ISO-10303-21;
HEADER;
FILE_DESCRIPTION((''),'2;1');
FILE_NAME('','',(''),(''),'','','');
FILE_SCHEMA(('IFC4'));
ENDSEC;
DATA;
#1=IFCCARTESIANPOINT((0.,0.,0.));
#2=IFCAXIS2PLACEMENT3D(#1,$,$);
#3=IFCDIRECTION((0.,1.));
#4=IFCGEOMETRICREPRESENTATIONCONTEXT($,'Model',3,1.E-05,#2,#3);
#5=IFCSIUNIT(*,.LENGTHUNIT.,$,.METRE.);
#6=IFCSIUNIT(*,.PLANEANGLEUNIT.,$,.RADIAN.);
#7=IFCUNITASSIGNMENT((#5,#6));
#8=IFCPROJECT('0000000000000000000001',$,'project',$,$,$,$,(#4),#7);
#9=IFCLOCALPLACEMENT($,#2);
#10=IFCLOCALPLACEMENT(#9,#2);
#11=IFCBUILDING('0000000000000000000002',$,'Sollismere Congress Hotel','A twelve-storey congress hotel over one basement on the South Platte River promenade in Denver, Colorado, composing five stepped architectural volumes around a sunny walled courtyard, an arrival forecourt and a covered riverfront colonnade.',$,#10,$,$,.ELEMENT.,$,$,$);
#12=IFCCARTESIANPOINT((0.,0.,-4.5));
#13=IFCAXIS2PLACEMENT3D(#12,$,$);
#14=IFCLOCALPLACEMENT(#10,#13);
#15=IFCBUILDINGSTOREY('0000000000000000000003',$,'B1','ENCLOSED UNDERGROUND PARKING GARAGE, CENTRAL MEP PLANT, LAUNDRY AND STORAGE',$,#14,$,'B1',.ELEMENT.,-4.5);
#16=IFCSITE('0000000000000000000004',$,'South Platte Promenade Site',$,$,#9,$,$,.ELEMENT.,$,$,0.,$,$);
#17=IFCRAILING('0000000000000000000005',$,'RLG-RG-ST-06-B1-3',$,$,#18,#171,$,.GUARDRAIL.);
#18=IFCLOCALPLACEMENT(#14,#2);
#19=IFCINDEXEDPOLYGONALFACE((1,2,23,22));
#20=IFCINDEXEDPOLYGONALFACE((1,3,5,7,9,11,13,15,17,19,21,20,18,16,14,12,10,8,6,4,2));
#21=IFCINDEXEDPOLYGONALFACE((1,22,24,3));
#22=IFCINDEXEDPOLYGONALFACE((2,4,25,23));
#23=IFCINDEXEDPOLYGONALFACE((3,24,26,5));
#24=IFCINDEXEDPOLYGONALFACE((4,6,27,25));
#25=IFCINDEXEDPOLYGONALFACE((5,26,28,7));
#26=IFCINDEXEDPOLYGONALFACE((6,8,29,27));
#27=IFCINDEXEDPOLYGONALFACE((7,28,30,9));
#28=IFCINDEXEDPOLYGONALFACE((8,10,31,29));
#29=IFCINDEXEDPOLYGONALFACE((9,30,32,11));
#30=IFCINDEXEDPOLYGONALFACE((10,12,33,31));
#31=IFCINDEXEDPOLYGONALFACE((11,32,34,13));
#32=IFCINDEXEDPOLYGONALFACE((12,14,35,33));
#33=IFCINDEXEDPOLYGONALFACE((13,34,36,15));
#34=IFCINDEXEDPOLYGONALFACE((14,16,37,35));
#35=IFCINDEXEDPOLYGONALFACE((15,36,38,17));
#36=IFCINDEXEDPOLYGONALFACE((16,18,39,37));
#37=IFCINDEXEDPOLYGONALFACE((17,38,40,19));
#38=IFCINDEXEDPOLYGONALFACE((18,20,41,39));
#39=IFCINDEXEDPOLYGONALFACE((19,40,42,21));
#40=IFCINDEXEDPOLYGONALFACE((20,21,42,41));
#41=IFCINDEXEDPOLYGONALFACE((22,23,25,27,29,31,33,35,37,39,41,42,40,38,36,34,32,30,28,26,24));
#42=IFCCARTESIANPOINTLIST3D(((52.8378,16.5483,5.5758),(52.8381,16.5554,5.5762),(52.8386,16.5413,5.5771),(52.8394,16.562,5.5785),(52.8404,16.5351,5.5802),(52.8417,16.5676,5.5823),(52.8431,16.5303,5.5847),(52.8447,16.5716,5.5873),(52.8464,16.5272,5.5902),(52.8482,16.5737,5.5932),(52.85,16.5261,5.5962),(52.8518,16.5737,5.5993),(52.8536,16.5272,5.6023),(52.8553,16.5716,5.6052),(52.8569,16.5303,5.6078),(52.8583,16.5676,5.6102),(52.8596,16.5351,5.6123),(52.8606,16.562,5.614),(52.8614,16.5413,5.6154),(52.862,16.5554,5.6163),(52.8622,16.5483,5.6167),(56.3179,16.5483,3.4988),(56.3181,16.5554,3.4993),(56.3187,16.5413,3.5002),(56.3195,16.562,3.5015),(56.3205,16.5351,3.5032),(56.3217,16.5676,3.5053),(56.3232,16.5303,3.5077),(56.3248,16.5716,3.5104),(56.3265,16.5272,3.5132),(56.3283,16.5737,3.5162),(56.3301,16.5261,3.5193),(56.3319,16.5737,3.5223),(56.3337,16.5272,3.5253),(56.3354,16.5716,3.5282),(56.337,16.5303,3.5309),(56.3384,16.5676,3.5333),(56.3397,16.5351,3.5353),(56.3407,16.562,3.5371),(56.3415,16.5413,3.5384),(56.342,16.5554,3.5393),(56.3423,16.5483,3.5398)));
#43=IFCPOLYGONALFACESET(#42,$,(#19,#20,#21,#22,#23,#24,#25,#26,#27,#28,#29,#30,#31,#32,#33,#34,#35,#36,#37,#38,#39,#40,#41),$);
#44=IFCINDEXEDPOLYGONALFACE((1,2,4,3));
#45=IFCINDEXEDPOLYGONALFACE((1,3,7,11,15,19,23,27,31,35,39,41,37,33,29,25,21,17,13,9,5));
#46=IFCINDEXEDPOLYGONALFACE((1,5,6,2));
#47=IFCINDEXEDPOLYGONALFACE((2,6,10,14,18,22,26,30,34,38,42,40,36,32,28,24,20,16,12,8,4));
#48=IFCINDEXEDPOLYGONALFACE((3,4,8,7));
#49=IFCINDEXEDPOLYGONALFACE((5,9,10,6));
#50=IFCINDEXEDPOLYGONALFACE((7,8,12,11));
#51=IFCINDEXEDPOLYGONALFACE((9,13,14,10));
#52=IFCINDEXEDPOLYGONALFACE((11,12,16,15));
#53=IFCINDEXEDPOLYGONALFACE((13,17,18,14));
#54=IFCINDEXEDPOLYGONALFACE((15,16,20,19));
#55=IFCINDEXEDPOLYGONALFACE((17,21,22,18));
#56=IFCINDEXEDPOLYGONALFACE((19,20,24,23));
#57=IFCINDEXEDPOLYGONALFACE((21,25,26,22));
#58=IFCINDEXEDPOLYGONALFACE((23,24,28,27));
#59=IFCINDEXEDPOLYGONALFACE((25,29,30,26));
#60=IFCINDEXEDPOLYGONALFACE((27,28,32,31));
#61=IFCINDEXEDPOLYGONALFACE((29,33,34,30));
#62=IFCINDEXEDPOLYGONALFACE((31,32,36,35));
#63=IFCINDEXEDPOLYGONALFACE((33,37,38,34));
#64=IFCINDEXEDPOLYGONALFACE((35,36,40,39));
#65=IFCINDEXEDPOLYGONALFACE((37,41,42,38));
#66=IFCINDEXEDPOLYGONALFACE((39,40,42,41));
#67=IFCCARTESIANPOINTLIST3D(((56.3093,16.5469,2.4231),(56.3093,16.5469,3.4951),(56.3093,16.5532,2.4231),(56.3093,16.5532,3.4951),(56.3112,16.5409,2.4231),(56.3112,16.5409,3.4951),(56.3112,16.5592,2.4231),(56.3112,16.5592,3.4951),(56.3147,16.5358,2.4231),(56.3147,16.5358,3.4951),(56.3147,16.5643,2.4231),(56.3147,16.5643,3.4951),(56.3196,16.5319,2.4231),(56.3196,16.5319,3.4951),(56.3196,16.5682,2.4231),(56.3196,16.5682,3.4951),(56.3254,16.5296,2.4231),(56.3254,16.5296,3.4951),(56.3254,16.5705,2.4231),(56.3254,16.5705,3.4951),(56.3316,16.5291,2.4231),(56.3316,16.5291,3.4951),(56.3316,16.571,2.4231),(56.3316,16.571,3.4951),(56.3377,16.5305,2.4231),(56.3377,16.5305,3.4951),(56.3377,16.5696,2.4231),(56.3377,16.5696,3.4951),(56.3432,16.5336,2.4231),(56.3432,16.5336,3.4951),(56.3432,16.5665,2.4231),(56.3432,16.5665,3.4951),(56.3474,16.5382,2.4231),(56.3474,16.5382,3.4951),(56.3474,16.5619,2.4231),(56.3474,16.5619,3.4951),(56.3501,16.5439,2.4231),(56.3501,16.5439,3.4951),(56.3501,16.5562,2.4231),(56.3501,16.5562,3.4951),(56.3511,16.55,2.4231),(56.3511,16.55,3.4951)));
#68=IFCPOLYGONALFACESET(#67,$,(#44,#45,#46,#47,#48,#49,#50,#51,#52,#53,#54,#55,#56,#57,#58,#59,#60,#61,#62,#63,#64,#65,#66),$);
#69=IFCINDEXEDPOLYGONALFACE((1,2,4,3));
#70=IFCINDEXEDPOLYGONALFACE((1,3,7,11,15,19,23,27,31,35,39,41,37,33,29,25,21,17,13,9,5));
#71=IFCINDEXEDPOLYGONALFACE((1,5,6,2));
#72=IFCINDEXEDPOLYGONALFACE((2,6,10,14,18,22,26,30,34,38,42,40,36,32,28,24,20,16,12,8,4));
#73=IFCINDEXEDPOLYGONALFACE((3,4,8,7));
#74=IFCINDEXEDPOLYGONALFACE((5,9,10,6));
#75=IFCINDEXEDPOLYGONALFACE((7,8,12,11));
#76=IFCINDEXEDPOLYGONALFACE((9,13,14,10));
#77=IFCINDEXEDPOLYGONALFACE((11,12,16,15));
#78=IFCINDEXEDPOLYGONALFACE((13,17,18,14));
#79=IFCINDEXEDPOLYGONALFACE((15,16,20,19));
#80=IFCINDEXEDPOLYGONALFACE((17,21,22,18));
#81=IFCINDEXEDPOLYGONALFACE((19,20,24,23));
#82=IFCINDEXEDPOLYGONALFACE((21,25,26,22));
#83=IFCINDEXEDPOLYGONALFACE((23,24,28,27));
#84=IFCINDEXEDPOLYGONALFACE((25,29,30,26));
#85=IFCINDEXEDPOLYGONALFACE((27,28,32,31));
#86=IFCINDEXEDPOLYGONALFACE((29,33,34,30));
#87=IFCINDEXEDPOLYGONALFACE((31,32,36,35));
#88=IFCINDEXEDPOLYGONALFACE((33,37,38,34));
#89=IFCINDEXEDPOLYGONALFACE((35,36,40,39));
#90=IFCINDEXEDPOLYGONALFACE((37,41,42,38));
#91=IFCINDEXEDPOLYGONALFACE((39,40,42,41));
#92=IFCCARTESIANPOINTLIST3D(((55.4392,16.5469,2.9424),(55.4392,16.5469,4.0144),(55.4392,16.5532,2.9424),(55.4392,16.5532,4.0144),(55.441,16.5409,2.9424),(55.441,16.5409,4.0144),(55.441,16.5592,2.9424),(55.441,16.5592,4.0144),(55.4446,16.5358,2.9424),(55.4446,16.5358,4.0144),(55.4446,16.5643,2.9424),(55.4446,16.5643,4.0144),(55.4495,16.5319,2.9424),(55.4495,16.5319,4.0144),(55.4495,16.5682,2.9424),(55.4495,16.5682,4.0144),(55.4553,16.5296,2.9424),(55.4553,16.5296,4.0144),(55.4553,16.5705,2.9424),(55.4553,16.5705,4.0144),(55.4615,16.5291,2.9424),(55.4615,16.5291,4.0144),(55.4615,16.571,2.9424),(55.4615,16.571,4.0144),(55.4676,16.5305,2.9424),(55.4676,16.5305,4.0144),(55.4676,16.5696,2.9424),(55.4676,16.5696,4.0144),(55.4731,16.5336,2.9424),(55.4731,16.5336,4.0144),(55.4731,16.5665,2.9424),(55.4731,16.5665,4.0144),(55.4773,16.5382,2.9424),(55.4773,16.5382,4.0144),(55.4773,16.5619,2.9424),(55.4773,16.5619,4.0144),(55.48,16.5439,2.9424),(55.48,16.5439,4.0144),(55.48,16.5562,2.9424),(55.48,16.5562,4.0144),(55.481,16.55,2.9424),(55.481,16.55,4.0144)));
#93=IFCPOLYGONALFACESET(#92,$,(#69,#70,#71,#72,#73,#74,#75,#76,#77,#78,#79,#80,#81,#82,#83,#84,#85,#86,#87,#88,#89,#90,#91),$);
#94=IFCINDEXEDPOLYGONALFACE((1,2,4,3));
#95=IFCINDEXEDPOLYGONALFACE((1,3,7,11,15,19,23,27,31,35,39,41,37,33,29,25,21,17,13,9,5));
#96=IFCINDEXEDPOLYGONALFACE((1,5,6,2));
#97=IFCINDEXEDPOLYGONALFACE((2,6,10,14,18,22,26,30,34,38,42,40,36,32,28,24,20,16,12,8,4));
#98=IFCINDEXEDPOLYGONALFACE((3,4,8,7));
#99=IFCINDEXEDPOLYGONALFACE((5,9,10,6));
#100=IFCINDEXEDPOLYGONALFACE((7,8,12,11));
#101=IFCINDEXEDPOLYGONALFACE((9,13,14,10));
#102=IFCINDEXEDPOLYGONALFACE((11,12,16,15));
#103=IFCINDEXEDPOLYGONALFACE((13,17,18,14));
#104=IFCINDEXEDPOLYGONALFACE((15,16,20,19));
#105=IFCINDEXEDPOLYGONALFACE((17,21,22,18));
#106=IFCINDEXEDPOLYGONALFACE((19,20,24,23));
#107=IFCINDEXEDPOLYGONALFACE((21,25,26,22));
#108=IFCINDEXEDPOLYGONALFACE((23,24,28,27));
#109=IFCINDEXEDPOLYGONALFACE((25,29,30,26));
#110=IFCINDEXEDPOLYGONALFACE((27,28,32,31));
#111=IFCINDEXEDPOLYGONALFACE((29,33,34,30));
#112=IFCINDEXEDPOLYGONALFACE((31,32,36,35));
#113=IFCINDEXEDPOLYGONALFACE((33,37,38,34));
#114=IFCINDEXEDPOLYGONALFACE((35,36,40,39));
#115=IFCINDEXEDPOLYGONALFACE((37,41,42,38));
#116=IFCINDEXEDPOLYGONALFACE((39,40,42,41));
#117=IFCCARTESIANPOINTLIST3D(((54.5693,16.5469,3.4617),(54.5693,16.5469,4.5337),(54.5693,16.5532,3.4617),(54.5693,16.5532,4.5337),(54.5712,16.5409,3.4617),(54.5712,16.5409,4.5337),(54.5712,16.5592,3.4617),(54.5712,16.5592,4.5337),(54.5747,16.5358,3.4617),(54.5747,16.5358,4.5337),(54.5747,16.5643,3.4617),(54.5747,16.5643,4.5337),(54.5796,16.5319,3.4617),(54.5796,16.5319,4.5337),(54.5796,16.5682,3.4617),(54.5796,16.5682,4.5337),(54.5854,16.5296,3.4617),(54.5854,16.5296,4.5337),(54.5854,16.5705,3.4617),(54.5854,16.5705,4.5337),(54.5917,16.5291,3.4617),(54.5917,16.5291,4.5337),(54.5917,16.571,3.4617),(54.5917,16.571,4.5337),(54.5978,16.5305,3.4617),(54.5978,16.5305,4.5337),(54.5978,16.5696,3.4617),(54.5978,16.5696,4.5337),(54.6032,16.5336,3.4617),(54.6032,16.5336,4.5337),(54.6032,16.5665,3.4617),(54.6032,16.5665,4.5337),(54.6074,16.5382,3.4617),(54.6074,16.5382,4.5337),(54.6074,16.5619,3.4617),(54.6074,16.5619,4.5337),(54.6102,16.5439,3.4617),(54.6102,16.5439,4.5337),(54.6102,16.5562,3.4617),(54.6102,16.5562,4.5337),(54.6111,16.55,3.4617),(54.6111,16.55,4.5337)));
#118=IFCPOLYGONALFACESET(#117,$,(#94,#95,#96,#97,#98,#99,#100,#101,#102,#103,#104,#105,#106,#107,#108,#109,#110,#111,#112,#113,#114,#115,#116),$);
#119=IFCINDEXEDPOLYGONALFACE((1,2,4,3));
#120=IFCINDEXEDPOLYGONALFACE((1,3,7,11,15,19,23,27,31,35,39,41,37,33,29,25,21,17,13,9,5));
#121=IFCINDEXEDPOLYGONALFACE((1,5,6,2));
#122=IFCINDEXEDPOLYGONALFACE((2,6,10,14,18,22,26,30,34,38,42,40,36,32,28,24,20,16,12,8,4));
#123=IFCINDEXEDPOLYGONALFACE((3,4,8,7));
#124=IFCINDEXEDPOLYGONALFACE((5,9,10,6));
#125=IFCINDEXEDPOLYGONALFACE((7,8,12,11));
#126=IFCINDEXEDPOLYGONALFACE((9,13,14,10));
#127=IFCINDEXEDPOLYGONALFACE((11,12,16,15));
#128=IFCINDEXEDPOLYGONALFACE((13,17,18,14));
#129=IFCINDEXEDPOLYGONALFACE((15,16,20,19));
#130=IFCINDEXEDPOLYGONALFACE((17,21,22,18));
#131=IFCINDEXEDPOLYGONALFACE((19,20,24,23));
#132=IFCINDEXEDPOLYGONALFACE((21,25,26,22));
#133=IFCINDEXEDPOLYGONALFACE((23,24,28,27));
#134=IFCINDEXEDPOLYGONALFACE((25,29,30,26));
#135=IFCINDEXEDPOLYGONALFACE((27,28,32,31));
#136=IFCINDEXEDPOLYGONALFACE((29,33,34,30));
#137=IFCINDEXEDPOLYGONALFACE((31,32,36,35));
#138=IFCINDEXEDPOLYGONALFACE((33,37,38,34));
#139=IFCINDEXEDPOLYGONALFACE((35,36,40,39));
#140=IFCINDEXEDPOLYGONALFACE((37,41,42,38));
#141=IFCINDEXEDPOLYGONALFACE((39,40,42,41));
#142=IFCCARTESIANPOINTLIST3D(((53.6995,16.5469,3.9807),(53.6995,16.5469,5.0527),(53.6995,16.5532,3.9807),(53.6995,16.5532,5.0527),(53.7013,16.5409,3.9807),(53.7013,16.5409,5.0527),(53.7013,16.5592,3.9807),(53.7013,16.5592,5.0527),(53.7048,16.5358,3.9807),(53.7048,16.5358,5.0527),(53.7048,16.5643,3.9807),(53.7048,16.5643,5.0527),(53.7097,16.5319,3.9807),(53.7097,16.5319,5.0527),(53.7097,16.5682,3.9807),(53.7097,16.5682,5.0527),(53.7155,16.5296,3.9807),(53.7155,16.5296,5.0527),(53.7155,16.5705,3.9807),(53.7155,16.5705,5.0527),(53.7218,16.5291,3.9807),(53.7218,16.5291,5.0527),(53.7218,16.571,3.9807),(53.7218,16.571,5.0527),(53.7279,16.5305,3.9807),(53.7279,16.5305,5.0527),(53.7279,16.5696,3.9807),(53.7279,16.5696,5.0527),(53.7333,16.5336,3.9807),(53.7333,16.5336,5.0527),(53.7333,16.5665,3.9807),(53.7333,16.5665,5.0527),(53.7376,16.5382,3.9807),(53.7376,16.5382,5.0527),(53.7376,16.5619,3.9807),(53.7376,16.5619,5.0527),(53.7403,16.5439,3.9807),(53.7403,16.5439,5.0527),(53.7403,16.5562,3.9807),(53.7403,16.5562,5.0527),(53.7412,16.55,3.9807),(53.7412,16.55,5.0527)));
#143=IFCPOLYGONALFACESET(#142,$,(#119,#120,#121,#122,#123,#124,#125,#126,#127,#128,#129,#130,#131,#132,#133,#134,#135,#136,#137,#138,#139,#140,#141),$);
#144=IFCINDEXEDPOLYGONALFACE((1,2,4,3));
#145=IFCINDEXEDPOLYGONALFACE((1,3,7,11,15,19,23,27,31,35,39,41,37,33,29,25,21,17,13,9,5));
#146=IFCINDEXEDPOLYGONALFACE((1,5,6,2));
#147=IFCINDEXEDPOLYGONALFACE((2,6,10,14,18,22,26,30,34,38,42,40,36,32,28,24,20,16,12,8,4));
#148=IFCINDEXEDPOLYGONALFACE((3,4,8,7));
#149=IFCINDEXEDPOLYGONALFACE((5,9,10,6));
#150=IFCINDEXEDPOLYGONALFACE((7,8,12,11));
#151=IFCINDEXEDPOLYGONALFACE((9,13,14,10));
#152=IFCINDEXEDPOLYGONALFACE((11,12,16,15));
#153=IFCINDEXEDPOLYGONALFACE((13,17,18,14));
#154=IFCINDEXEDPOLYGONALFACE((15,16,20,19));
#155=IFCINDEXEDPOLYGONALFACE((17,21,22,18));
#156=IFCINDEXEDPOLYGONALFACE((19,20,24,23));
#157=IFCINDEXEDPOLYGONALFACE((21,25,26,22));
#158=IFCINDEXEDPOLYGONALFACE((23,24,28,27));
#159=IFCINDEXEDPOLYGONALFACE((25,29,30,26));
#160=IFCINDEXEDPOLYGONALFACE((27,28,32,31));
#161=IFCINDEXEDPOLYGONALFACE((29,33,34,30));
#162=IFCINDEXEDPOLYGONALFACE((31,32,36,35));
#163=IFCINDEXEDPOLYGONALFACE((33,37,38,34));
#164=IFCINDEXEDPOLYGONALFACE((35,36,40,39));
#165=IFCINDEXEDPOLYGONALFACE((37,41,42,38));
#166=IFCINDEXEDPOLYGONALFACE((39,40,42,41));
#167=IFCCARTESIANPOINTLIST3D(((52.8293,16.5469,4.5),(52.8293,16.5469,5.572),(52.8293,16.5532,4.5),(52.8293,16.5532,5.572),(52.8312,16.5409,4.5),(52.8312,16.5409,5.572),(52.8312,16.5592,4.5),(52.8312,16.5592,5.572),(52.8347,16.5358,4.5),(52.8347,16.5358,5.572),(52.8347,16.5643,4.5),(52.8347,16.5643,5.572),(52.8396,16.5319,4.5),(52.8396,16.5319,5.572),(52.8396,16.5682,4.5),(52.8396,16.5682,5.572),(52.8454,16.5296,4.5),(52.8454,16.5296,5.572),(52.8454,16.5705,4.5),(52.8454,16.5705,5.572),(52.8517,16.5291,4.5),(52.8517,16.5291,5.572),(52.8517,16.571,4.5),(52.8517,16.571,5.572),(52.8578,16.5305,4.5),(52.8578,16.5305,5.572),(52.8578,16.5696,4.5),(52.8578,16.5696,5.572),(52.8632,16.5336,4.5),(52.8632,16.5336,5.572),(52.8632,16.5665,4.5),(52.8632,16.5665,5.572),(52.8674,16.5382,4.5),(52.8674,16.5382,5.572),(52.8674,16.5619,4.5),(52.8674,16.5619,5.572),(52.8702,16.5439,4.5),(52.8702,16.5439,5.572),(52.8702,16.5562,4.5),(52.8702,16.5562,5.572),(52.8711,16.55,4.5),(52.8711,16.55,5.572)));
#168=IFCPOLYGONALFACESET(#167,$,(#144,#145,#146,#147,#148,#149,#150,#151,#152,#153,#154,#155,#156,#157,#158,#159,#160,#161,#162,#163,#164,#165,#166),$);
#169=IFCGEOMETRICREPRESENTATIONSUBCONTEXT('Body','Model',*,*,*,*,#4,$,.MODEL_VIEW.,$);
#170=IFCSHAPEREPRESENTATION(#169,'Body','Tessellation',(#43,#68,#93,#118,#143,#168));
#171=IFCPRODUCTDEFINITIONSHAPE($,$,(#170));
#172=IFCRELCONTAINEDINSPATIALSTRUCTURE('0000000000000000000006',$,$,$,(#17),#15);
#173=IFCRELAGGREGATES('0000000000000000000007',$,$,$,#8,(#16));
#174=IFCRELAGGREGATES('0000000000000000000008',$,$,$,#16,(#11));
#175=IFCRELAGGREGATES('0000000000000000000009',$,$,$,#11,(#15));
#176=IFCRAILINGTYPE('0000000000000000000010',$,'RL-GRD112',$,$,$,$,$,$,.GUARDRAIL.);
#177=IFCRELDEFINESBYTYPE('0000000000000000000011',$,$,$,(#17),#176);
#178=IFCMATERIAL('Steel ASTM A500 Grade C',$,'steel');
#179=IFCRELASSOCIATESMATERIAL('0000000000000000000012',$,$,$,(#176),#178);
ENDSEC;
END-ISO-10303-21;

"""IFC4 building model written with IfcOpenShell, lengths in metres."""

from ifc_helpers import new_model, si_unit, direction, frame, origin, origin_2d, place, context, subcontext, project, spatial, circle, extrude, material, type_object, element, save


model = new_model("IFC4")

# Units and contexts
model_context = context("Model", 3, precision=1e-05, world=origin(), true_north=direction((0.0, 1.0)))
body_context = subcontext(model_context, "Body", "Model", "MODEL_VIEW")
ifc_project = project(units=[si_unit("LENGTHUNIT", "METRE"), si_unit("PLANEANGLEUNIT", "RADIAN")], contexts=[model_context])

# Site, building, storey
site_placement = place(None, origin())
site = spatial("IfcSite", under=ifc_project, at=site_placement, Name="South Platte Promenade Site", CompositionType="ELEMENT", RefElevation=0.0)
building_placement = place(site_placement, origin())
building = spatial("IfcBuilding", under=site, at=building_placement, Name="Sollismere Congress Hotel", Description="A twelve-storey congress hotel over one basement on the South Platte River promenade in Denver, Colorado, composing five stepped architectural volumes around a sunny walled courtyard, an arrival forecourt and a covered riverfront colonnade.", CompositionType="ELEMENT")
storey_placement = place(building_placement, frame((0.0, 0.0, -4.5)))
storey = spatial("IfcBuildingStorey", under=building, at=storey_placement, Name="B1", Description="ENCLOSED UNDERGROUND PARKING GARAGE, CENTRAL MEP PLANT, LAUNDRY AND STORAGE", LongName="B1", CompositionType="ELEMENT", Elevation=-4.5)

# Railing
ifc_material_1 = material(Name="Steel ASTM A500 Grade C", Category="steel")
railing_type_1 = type_object("IfcRailingType", Name="RL-GRD112", PredefinedType="GUARDRAIL", material=ifc_material_1)
railing_1_placement = place(storey_placement, frame((56.3301, 16.55, 2.4231)))
element("IfcRailing", 1, at=railing_1_placement, inside=storey, type_object=railing_type_1, Name="RLG-RG-ST-06-B1-3", PredefinedType="GUARDRAIL", context=body_context, shape_type="SweptSolid", body=[
    extrude(circle(Radius=0.0239, at=origin_2d()), frame((0.0, 0.0, 1.0962), z_axis=(-0.858697, 0.0, 0.512483), x_axis=(0.0, -1.0, 0.0)), (0.0, 0.0, 1.0), 4.0527),
    extrude(circle(Radius=0.021, at=origin_2d()), origin(), (0.0, 0.0, 1.0), 1.072),
    extrude(circle(Radius=0.021, at=origin_2d()), frame((-0.8701, 0.0, 0.5193)), (0.0, 0.0, 1.0), 1.072),
    extrude(circle(Radius=0.021, at=origin_2d()), frame((-1.74, 0.0, 1.0386)), (0.0, 0.0, 1.0), 1.072),
    extrude(circle(Radius=0.021, at=origin_2d()), frame((-2.6099, 0.0, 1.5576)), (0.0, 0.0, 1.0), 1.072),
    extrude(circle(Radius=0.021, at=origin_2d()), frame((-3.48, 0.0, 2.0769)), (0.0, 0.0, 1.0), 1.072),
])

save(model, "model.ifc")
